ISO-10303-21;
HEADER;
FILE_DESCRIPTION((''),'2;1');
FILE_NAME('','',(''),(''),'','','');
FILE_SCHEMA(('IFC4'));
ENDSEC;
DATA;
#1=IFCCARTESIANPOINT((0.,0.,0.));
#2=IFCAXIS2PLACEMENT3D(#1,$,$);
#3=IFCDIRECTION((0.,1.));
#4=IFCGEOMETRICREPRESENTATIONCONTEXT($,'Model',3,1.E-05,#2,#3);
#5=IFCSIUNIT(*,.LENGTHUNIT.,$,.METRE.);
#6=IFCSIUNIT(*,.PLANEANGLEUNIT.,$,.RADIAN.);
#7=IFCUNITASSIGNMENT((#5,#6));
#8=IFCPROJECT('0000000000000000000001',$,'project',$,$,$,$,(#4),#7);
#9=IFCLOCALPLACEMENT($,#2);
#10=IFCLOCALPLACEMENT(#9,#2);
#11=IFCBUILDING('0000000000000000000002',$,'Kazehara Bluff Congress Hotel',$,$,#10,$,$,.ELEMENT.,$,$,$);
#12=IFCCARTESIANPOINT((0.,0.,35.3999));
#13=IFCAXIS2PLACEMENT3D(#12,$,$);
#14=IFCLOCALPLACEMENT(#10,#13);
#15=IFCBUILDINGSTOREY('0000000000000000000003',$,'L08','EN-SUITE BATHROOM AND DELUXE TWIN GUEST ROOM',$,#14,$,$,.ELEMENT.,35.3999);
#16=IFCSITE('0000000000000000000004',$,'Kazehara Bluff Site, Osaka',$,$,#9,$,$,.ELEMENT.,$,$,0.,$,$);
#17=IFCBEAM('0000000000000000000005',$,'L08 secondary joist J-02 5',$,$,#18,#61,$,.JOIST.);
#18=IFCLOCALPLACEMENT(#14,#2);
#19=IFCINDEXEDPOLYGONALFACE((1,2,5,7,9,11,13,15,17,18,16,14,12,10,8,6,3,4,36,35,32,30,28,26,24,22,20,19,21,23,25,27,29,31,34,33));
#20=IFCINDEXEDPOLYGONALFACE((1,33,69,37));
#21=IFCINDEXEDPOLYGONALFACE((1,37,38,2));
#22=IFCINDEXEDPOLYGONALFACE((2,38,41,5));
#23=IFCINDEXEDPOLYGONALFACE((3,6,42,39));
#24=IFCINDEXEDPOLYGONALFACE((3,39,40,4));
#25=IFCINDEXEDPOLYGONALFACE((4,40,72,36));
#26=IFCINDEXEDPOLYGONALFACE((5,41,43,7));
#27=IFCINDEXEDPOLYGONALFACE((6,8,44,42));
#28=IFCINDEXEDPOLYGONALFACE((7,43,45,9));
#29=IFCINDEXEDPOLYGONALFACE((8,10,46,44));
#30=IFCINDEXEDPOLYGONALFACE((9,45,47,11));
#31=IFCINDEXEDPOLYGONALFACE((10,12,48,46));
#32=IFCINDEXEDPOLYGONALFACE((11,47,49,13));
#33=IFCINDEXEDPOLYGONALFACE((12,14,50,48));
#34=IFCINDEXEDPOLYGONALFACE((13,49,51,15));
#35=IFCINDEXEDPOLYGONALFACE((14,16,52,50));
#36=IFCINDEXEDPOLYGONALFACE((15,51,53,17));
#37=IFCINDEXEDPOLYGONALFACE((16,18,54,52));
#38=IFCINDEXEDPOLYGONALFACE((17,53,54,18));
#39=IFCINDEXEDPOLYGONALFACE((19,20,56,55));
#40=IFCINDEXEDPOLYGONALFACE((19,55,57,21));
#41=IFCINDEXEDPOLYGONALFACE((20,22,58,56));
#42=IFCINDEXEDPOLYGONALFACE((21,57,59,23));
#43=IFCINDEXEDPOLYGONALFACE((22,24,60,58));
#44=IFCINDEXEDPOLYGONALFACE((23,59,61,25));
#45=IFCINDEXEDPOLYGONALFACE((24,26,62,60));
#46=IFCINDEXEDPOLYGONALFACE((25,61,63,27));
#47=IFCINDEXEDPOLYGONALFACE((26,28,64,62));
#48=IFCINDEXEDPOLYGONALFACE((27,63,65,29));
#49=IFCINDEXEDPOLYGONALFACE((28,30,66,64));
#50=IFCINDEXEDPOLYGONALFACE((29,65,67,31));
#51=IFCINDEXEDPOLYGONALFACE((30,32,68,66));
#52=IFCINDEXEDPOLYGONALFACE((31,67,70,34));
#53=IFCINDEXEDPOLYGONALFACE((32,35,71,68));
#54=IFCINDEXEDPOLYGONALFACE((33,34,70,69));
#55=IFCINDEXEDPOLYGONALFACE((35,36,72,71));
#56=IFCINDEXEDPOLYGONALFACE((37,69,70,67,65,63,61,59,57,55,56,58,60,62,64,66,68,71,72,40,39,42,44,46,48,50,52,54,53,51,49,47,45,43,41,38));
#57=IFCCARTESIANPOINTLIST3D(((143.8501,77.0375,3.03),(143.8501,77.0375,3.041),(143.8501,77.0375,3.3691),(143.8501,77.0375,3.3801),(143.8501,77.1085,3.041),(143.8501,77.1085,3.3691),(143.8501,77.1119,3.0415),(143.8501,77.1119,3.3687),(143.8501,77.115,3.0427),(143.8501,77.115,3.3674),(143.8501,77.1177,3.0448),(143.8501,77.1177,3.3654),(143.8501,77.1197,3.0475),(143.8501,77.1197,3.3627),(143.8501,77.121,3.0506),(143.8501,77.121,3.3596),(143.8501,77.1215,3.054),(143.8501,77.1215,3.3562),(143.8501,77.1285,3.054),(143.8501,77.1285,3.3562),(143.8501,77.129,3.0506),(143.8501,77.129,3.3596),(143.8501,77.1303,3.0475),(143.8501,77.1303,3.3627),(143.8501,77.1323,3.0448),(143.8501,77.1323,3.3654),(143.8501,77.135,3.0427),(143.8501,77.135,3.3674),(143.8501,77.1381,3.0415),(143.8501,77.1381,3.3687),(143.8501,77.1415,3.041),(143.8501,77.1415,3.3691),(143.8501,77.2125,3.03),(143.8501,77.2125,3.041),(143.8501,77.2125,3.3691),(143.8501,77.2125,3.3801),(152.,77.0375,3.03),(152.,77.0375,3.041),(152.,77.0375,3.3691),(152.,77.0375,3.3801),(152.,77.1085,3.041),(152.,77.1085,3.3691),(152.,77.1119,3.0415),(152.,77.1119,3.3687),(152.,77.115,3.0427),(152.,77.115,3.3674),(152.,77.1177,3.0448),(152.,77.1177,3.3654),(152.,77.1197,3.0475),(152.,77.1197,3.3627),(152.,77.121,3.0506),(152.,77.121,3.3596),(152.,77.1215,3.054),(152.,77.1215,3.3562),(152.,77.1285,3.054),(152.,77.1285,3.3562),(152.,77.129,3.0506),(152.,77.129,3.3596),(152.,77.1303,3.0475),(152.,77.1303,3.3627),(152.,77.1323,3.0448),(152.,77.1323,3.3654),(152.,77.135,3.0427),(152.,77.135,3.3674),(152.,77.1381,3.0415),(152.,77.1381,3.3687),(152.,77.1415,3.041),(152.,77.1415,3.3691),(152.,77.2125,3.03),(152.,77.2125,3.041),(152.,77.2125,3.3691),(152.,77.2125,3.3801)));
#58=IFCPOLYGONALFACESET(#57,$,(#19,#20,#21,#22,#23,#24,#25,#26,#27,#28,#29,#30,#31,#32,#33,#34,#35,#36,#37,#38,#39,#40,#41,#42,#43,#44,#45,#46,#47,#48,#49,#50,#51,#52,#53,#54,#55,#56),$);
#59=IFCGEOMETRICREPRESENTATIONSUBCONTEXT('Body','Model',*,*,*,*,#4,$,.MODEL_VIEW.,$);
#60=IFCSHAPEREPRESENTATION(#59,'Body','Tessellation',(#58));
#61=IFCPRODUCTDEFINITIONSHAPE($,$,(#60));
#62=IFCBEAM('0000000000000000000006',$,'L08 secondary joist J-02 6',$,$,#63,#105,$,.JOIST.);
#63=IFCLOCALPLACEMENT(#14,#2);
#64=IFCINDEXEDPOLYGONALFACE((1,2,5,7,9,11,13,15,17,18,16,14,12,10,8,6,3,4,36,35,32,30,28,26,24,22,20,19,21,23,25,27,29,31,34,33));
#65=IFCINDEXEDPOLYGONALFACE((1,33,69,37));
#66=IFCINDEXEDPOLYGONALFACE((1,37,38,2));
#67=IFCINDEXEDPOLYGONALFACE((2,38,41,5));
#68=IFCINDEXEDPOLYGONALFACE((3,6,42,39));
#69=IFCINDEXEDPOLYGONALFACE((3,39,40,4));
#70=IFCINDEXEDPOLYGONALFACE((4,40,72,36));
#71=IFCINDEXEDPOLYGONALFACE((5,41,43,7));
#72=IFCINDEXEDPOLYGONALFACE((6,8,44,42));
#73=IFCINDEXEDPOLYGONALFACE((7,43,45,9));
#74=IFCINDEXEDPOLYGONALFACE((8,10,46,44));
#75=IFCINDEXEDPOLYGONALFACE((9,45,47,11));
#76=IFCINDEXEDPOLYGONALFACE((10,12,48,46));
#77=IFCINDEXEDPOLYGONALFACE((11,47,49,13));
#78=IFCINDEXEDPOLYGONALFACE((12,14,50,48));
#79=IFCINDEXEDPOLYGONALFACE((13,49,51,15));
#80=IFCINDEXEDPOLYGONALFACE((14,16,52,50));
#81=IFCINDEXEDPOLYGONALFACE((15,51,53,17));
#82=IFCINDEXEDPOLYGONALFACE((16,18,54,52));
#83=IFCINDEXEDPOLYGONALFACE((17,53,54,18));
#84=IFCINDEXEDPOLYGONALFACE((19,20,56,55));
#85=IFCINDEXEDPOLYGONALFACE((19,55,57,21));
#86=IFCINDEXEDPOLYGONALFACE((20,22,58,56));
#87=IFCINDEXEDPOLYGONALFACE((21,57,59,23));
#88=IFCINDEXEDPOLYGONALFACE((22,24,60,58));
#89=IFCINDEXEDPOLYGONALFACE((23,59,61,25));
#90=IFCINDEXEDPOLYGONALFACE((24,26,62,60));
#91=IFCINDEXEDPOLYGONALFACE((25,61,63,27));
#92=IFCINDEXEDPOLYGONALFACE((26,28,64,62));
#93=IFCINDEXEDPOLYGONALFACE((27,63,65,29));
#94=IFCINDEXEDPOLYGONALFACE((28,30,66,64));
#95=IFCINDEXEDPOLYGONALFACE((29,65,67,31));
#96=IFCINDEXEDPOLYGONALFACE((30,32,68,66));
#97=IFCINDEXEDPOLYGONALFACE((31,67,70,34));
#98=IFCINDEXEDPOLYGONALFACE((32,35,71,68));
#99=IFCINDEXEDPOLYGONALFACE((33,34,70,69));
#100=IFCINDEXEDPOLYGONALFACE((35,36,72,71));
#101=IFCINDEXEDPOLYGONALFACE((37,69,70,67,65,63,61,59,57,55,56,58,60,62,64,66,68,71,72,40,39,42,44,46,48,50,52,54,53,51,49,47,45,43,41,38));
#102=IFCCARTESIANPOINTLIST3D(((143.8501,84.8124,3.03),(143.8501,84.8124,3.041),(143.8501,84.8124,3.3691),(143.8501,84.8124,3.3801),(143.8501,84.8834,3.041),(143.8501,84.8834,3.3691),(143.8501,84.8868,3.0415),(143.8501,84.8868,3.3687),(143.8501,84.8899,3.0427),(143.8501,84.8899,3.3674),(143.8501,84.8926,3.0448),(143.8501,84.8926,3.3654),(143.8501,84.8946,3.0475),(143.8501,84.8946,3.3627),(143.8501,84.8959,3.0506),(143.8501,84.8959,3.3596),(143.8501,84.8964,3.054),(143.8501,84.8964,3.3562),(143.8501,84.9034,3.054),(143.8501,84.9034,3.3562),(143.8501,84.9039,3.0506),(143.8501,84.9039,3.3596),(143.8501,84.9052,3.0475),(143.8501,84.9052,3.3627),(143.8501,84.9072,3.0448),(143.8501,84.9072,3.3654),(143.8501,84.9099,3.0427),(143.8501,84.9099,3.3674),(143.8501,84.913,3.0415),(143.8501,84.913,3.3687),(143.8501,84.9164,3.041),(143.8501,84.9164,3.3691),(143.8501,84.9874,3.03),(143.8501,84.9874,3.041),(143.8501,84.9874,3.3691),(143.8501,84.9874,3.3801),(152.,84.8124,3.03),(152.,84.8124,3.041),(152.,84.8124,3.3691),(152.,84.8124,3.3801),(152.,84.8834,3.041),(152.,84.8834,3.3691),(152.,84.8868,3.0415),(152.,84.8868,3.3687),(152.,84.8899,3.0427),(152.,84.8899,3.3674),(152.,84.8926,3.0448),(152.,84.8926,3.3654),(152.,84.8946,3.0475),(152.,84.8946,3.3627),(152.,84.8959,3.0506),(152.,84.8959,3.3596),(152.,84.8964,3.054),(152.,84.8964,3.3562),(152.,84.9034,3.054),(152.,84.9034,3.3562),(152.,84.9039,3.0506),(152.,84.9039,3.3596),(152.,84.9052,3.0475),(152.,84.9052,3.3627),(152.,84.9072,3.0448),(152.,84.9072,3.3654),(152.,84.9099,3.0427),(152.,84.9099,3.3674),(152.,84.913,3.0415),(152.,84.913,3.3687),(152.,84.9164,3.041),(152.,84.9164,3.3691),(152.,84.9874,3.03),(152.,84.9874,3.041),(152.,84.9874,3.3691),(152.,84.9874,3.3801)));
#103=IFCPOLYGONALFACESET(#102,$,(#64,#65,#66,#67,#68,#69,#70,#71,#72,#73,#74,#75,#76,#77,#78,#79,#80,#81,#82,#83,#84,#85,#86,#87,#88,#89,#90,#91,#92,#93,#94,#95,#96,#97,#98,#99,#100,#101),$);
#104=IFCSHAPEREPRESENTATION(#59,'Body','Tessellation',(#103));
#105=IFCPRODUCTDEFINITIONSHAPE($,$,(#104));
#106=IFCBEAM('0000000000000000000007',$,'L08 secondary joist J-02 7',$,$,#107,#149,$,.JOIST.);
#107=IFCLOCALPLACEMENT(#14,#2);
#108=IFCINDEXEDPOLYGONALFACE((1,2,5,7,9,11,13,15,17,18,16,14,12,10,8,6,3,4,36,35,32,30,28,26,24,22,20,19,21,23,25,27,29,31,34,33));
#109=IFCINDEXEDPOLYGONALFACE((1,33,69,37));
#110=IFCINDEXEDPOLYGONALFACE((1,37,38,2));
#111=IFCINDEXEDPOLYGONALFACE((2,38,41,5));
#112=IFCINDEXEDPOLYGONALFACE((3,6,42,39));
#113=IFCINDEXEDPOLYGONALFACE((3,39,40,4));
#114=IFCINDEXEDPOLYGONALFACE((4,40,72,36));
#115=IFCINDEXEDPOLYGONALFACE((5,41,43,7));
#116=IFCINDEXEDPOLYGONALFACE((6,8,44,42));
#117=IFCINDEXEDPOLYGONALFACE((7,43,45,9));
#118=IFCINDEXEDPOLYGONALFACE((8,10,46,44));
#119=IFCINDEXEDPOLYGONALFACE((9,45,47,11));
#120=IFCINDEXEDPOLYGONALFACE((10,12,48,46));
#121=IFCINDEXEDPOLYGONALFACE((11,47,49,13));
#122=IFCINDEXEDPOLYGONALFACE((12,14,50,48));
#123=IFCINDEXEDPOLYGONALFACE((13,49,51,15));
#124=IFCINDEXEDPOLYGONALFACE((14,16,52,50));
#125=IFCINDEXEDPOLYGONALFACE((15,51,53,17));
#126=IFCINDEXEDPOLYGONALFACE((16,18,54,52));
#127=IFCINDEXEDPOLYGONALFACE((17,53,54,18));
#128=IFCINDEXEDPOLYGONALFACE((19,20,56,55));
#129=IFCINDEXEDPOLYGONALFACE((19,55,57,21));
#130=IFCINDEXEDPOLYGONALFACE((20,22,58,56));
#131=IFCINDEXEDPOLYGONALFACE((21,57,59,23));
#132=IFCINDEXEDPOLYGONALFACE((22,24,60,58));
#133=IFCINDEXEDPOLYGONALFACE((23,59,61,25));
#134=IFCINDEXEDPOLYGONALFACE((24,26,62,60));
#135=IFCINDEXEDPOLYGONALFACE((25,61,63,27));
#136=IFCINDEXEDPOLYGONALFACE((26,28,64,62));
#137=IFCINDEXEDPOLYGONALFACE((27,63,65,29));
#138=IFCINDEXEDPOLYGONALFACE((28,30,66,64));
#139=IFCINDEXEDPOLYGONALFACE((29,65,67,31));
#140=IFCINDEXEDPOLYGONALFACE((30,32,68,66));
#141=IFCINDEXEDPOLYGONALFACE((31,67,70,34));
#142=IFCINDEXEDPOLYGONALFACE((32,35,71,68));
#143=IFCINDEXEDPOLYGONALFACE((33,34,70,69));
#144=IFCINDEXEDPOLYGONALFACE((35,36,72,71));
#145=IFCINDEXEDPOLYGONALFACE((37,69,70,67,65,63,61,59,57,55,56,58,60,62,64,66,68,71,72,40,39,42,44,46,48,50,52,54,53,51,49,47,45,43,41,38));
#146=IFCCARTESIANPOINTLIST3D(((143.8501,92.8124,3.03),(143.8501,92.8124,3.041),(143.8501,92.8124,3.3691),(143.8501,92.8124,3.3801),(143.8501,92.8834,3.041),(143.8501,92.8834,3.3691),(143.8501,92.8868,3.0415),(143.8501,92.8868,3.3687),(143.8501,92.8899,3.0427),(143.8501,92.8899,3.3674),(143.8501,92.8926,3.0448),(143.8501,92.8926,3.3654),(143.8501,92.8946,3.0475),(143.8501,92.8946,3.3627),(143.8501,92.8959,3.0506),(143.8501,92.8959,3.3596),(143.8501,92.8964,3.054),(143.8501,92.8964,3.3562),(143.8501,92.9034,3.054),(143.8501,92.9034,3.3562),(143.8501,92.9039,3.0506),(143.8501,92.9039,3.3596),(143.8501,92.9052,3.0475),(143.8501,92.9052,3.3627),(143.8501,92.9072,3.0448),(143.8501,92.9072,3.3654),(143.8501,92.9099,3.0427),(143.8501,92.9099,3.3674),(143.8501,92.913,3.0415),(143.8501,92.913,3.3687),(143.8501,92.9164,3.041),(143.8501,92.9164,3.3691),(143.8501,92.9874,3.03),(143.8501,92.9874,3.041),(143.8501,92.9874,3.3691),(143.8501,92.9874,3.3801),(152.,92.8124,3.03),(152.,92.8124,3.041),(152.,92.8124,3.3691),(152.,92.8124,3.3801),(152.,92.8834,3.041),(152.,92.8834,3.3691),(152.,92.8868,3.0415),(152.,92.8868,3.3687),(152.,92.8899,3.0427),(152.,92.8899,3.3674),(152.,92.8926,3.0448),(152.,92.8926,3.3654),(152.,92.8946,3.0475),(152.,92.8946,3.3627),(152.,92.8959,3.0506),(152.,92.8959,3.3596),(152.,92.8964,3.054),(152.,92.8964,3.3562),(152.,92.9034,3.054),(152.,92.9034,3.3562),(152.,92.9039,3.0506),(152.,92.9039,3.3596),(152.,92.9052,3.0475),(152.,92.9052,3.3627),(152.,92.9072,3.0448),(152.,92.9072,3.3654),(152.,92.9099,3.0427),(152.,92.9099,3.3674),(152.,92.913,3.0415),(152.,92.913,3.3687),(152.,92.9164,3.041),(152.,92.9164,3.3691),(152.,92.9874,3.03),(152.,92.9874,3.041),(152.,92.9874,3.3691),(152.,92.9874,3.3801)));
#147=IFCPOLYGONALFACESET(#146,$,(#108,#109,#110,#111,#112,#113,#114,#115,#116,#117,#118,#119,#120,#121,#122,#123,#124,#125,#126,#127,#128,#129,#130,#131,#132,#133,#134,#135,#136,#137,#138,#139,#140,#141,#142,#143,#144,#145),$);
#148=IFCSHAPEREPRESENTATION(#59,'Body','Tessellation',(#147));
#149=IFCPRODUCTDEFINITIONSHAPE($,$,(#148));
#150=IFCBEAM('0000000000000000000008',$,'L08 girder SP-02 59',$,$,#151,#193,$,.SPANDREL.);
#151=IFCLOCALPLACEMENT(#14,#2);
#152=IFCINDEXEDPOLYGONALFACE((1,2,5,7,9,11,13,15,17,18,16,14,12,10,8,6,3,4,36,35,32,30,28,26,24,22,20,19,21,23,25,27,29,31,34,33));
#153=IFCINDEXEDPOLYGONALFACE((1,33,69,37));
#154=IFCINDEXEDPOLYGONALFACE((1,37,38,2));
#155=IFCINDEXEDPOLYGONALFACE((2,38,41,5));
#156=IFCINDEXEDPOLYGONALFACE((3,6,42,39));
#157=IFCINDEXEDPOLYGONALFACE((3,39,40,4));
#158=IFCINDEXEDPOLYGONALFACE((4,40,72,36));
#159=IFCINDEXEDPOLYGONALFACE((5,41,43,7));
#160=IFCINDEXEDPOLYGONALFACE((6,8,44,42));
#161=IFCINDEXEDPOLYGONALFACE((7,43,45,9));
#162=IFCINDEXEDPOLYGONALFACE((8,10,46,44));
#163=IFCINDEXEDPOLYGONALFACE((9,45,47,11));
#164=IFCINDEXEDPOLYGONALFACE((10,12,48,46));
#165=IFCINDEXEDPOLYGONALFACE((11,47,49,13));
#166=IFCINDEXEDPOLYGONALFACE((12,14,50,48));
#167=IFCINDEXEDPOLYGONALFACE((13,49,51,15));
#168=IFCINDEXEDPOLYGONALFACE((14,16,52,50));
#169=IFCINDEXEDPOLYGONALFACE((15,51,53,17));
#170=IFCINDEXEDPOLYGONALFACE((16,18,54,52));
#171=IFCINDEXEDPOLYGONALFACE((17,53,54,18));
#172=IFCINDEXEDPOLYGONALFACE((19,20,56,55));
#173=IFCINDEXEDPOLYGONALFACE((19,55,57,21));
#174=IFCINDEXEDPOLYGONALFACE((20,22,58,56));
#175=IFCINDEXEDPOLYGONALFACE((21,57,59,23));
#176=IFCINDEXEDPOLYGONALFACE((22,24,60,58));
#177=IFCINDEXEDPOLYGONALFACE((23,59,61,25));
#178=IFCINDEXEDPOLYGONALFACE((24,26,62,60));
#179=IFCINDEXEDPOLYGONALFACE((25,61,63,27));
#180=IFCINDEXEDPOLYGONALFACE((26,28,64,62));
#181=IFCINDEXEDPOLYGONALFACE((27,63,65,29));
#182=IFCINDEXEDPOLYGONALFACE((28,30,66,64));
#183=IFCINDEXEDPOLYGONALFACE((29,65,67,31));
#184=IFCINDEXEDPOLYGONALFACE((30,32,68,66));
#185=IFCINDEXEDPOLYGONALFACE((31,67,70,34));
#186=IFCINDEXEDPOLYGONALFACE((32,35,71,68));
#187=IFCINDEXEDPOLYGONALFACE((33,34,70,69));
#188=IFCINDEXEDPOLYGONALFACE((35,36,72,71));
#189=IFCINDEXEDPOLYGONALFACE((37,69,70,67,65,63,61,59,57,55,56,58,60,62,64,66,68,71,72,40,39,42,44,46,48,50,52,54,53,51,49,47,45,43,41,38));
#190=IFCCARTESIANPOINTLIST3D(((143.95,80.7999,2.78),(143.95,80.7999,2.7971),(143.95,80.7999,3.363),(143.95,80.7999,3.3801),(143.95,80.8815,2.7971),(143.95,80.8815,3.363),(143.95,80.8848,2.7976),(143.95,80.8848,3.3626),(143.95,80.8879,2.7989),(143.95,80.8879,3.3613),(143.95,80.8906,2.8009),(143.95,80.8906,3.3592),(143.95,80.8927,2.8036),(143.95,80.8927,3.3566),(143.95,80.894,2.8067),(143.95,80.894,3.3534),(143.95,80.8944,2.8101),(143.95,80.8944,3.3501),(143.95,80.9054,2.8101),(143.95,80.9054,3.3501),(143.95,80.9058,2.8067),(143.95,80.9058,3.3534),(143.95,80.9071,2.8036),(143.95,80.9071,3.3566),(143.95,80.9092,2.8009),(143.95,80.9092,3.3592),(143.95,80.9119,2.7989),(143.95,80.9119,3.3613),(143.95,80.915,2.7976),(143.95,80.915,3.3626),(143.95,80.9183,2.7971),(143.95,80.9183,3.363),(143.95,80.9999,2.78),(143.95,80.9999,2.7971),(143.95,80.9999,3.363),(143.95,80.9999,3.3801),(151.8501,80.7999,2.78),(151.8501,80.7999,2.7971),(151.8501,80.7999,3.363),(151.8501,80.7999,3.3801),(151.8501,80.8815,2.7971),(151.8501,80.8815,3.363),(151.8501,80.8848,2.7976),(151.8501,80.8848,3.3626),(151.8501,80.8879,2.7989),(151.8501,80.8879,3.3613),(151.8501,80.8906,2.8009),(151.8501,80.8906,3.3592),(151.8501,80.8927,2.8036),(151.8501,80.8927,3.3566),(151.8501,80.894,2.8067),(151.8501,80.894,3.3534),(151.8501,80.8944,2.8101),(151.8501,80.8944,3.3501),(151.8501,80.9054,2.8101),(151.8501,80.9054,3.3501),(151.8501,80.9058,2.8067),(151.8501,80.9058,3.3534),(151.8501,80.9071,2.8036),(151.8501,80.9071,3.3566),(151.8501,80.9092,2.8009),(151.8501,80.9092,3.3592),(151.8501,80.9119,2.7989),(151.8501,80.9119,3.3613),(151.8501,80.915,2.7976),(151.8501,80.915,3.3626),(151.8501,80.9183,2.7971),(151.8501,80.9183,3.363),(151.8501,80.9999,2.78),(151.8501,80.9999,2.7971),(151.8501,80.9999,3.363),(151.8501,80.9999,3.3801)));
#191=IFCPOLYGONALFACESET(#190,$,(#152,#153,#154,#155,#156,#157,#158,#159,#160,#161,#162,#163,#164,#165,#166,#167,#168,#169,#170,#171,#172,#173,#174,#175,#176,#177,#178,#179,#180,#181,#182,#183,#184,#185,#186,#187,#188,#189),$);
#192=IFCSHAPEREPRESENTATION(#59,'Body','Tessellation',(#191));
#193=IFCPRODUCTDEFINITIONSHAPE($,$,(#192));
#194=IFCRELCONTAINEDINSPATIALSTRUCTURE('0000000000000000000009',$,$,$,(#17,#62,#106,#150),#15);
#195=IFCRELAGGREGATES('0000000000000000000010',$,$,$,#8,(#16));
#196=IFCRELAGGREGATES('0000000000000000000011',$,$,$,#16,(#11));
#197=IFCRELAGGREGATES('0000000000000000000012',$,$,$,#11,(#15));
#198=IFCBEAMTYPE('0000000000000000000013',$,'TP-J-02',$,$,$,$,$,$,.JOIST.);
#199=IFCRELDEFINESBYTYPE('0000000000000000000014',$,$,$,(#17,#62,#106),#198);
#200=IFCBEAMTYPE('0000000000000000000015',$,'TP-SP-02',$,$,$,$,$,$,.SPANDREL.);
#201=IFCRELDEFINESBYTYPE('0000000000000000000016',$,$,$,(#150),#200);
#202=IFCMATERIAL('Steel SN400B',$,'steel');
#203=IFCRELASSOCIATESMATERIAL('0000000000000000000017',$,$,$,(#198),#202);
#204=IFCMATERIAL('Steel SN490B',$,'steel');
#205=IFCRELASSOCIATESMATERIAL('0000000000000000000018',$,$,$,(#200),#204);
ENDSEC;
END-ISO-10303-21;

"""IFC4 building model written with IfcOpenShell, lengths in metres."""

from ifc_helpers import new_model, si_unit, direction, frame, origin, origin_2d, place, context, subcontext, project, spatial, i_section, extrude, material, material_profile, profile_set, type_object, element, save


model = new_model("IFC4")

# Units and contexts
model_context = context("Model", 3, precision=1e-05, world=origin(), true_north=direction((0.0, 1.0)))
body_context = subcontext(model_context, "Body", "Model", "MODEL_VIEW")
ifc_project = project(units=[si_unit("LENGTHUNIT", "METRE"), si_unit("PLANEANGLEUNIT", "RADIAN")], contexts=[model_context])

# Site, building, storey
site_placement = place(None, origin())
site = spatial("IfcSite", under=ifc_project, at=site_placement, Name="Kazehara Bluff Site, Osaka", CompositionType="ELEMENT", RefElevation=0.0)
building_placement = place(site_placement, origin())
building = spatial("IfcBuilding", under=site, at=building_placement, Name="Kazehara Bluff Congress Hotel", CompositionType="ELEMENT")
storey_placement = place(building_placement, frame((0.0, 0.0, 35.3999)))
storey = spatial("IfcBuildingStorey", under=building, at=storey_placement, Name="L08", Description="EN-SUITE BATHROOM AND DELUXE TWIN GUEST ROOM", CompositionType="ELEMENT", Elevation=35.3999)

# Beams
ifc_material_1 = material(Name="Steel SN400B", Category="steel")
ifc_material_profile_1 = material_profile(ifc_material_1, i_section(OverallWidth=0.175, OverallDepth=0.3501, WebThickness=0.0071, FlangeThickness=0.011, FilletRadius=0.0129, at=origin_2d()))
ifc_profile_set_1 = profile_set([ifc_material_profile_1], Name="Steel SN400B")
beam_type_1 = type_object("IfcBeamType", Name="TP-J-02", PredefinedType="JOIST", material=ifc_profile_set_1)
for number, where, z_axis, x_axis, name in (
    (1, (143.8501, 77.125, 3.2051), (1.0, 0.0, 0.0), (0.0, 1.0, 0.0), "L08 secondary joist J-02 5"),
    (2, (143.8501, 84.8999, 3.2051), (1.0, 0.0, 0.0), (0.0, 1.0, 0.0), "L08 secondary joist J-02 6"),
    (3, (143.8501, 92.8999, 3.2051), (1.0, 0.0, 0.0), (0.0, 1.0, 0.0), "L08 secondary joist J-02 7"),
):
    element("IfcBeam", number, at=place(storey_placement, frame(where, z_axis=z_axis, x_axis=x_axis)), inside=storey, type_object=beam_type_1, Name=name, PredefinedType="JOIST", context=body_context, shape_type="SweptSolid", body=[
        extrude(i_section(OverallWidth=0.175, OverallDepth=0.3501, WebThickness=0.0071, FlangeThickness=0.011, FilletRadius=0.0129, at=origin_2d()), origin(), (0.0, 0.0, 1.0), 8.1499),
    ])
ifc_material_2 = material(Name="Steel SN490B", Category="steel")
ifc_material_profile_2 = material_profile(ifc_material_2, i_section(OverallWidth=0.2, OverallDepth=0.6001, WebThickness=0.011, FlangeThickness=0.0171, FilletRadius=0.0129, at=origin_2d()))
ifc_profile_set_2 = profile_set([ifc_material_profile_2], Name="Steel SN490B")
beam_type_2 = type_object("IfcBeamType", Name="TP-SP-02", PredefinedType="SPANDREL", material=ifc_profile_set_2)
beam_placement = place(storey_placement, frame((143.95, 80.8999, 3.0801), z_axis=(1.0, 0.0, 0.0), x_axis=(0.0, 1.0, 0.0)))
element("IfcBeam", 4, at=beam_placement, inside=storey, type_object=beam_type_2, Name="L08 girder SP-02 59", PredefinedType="SPANDREL", context=body_context, shape_type="SweptSolid", body=[
    extrude(i_section(OverallWidth=0.2, OverallDepth=0.6001, WebThickness=0.011, FlangeThickness=0.0171, FilletRadius=0.0129, at=origin_2d()), origin(), (0.0, 0.0, 1.0), 7.9001),
])

save(model, "model.ifc")
